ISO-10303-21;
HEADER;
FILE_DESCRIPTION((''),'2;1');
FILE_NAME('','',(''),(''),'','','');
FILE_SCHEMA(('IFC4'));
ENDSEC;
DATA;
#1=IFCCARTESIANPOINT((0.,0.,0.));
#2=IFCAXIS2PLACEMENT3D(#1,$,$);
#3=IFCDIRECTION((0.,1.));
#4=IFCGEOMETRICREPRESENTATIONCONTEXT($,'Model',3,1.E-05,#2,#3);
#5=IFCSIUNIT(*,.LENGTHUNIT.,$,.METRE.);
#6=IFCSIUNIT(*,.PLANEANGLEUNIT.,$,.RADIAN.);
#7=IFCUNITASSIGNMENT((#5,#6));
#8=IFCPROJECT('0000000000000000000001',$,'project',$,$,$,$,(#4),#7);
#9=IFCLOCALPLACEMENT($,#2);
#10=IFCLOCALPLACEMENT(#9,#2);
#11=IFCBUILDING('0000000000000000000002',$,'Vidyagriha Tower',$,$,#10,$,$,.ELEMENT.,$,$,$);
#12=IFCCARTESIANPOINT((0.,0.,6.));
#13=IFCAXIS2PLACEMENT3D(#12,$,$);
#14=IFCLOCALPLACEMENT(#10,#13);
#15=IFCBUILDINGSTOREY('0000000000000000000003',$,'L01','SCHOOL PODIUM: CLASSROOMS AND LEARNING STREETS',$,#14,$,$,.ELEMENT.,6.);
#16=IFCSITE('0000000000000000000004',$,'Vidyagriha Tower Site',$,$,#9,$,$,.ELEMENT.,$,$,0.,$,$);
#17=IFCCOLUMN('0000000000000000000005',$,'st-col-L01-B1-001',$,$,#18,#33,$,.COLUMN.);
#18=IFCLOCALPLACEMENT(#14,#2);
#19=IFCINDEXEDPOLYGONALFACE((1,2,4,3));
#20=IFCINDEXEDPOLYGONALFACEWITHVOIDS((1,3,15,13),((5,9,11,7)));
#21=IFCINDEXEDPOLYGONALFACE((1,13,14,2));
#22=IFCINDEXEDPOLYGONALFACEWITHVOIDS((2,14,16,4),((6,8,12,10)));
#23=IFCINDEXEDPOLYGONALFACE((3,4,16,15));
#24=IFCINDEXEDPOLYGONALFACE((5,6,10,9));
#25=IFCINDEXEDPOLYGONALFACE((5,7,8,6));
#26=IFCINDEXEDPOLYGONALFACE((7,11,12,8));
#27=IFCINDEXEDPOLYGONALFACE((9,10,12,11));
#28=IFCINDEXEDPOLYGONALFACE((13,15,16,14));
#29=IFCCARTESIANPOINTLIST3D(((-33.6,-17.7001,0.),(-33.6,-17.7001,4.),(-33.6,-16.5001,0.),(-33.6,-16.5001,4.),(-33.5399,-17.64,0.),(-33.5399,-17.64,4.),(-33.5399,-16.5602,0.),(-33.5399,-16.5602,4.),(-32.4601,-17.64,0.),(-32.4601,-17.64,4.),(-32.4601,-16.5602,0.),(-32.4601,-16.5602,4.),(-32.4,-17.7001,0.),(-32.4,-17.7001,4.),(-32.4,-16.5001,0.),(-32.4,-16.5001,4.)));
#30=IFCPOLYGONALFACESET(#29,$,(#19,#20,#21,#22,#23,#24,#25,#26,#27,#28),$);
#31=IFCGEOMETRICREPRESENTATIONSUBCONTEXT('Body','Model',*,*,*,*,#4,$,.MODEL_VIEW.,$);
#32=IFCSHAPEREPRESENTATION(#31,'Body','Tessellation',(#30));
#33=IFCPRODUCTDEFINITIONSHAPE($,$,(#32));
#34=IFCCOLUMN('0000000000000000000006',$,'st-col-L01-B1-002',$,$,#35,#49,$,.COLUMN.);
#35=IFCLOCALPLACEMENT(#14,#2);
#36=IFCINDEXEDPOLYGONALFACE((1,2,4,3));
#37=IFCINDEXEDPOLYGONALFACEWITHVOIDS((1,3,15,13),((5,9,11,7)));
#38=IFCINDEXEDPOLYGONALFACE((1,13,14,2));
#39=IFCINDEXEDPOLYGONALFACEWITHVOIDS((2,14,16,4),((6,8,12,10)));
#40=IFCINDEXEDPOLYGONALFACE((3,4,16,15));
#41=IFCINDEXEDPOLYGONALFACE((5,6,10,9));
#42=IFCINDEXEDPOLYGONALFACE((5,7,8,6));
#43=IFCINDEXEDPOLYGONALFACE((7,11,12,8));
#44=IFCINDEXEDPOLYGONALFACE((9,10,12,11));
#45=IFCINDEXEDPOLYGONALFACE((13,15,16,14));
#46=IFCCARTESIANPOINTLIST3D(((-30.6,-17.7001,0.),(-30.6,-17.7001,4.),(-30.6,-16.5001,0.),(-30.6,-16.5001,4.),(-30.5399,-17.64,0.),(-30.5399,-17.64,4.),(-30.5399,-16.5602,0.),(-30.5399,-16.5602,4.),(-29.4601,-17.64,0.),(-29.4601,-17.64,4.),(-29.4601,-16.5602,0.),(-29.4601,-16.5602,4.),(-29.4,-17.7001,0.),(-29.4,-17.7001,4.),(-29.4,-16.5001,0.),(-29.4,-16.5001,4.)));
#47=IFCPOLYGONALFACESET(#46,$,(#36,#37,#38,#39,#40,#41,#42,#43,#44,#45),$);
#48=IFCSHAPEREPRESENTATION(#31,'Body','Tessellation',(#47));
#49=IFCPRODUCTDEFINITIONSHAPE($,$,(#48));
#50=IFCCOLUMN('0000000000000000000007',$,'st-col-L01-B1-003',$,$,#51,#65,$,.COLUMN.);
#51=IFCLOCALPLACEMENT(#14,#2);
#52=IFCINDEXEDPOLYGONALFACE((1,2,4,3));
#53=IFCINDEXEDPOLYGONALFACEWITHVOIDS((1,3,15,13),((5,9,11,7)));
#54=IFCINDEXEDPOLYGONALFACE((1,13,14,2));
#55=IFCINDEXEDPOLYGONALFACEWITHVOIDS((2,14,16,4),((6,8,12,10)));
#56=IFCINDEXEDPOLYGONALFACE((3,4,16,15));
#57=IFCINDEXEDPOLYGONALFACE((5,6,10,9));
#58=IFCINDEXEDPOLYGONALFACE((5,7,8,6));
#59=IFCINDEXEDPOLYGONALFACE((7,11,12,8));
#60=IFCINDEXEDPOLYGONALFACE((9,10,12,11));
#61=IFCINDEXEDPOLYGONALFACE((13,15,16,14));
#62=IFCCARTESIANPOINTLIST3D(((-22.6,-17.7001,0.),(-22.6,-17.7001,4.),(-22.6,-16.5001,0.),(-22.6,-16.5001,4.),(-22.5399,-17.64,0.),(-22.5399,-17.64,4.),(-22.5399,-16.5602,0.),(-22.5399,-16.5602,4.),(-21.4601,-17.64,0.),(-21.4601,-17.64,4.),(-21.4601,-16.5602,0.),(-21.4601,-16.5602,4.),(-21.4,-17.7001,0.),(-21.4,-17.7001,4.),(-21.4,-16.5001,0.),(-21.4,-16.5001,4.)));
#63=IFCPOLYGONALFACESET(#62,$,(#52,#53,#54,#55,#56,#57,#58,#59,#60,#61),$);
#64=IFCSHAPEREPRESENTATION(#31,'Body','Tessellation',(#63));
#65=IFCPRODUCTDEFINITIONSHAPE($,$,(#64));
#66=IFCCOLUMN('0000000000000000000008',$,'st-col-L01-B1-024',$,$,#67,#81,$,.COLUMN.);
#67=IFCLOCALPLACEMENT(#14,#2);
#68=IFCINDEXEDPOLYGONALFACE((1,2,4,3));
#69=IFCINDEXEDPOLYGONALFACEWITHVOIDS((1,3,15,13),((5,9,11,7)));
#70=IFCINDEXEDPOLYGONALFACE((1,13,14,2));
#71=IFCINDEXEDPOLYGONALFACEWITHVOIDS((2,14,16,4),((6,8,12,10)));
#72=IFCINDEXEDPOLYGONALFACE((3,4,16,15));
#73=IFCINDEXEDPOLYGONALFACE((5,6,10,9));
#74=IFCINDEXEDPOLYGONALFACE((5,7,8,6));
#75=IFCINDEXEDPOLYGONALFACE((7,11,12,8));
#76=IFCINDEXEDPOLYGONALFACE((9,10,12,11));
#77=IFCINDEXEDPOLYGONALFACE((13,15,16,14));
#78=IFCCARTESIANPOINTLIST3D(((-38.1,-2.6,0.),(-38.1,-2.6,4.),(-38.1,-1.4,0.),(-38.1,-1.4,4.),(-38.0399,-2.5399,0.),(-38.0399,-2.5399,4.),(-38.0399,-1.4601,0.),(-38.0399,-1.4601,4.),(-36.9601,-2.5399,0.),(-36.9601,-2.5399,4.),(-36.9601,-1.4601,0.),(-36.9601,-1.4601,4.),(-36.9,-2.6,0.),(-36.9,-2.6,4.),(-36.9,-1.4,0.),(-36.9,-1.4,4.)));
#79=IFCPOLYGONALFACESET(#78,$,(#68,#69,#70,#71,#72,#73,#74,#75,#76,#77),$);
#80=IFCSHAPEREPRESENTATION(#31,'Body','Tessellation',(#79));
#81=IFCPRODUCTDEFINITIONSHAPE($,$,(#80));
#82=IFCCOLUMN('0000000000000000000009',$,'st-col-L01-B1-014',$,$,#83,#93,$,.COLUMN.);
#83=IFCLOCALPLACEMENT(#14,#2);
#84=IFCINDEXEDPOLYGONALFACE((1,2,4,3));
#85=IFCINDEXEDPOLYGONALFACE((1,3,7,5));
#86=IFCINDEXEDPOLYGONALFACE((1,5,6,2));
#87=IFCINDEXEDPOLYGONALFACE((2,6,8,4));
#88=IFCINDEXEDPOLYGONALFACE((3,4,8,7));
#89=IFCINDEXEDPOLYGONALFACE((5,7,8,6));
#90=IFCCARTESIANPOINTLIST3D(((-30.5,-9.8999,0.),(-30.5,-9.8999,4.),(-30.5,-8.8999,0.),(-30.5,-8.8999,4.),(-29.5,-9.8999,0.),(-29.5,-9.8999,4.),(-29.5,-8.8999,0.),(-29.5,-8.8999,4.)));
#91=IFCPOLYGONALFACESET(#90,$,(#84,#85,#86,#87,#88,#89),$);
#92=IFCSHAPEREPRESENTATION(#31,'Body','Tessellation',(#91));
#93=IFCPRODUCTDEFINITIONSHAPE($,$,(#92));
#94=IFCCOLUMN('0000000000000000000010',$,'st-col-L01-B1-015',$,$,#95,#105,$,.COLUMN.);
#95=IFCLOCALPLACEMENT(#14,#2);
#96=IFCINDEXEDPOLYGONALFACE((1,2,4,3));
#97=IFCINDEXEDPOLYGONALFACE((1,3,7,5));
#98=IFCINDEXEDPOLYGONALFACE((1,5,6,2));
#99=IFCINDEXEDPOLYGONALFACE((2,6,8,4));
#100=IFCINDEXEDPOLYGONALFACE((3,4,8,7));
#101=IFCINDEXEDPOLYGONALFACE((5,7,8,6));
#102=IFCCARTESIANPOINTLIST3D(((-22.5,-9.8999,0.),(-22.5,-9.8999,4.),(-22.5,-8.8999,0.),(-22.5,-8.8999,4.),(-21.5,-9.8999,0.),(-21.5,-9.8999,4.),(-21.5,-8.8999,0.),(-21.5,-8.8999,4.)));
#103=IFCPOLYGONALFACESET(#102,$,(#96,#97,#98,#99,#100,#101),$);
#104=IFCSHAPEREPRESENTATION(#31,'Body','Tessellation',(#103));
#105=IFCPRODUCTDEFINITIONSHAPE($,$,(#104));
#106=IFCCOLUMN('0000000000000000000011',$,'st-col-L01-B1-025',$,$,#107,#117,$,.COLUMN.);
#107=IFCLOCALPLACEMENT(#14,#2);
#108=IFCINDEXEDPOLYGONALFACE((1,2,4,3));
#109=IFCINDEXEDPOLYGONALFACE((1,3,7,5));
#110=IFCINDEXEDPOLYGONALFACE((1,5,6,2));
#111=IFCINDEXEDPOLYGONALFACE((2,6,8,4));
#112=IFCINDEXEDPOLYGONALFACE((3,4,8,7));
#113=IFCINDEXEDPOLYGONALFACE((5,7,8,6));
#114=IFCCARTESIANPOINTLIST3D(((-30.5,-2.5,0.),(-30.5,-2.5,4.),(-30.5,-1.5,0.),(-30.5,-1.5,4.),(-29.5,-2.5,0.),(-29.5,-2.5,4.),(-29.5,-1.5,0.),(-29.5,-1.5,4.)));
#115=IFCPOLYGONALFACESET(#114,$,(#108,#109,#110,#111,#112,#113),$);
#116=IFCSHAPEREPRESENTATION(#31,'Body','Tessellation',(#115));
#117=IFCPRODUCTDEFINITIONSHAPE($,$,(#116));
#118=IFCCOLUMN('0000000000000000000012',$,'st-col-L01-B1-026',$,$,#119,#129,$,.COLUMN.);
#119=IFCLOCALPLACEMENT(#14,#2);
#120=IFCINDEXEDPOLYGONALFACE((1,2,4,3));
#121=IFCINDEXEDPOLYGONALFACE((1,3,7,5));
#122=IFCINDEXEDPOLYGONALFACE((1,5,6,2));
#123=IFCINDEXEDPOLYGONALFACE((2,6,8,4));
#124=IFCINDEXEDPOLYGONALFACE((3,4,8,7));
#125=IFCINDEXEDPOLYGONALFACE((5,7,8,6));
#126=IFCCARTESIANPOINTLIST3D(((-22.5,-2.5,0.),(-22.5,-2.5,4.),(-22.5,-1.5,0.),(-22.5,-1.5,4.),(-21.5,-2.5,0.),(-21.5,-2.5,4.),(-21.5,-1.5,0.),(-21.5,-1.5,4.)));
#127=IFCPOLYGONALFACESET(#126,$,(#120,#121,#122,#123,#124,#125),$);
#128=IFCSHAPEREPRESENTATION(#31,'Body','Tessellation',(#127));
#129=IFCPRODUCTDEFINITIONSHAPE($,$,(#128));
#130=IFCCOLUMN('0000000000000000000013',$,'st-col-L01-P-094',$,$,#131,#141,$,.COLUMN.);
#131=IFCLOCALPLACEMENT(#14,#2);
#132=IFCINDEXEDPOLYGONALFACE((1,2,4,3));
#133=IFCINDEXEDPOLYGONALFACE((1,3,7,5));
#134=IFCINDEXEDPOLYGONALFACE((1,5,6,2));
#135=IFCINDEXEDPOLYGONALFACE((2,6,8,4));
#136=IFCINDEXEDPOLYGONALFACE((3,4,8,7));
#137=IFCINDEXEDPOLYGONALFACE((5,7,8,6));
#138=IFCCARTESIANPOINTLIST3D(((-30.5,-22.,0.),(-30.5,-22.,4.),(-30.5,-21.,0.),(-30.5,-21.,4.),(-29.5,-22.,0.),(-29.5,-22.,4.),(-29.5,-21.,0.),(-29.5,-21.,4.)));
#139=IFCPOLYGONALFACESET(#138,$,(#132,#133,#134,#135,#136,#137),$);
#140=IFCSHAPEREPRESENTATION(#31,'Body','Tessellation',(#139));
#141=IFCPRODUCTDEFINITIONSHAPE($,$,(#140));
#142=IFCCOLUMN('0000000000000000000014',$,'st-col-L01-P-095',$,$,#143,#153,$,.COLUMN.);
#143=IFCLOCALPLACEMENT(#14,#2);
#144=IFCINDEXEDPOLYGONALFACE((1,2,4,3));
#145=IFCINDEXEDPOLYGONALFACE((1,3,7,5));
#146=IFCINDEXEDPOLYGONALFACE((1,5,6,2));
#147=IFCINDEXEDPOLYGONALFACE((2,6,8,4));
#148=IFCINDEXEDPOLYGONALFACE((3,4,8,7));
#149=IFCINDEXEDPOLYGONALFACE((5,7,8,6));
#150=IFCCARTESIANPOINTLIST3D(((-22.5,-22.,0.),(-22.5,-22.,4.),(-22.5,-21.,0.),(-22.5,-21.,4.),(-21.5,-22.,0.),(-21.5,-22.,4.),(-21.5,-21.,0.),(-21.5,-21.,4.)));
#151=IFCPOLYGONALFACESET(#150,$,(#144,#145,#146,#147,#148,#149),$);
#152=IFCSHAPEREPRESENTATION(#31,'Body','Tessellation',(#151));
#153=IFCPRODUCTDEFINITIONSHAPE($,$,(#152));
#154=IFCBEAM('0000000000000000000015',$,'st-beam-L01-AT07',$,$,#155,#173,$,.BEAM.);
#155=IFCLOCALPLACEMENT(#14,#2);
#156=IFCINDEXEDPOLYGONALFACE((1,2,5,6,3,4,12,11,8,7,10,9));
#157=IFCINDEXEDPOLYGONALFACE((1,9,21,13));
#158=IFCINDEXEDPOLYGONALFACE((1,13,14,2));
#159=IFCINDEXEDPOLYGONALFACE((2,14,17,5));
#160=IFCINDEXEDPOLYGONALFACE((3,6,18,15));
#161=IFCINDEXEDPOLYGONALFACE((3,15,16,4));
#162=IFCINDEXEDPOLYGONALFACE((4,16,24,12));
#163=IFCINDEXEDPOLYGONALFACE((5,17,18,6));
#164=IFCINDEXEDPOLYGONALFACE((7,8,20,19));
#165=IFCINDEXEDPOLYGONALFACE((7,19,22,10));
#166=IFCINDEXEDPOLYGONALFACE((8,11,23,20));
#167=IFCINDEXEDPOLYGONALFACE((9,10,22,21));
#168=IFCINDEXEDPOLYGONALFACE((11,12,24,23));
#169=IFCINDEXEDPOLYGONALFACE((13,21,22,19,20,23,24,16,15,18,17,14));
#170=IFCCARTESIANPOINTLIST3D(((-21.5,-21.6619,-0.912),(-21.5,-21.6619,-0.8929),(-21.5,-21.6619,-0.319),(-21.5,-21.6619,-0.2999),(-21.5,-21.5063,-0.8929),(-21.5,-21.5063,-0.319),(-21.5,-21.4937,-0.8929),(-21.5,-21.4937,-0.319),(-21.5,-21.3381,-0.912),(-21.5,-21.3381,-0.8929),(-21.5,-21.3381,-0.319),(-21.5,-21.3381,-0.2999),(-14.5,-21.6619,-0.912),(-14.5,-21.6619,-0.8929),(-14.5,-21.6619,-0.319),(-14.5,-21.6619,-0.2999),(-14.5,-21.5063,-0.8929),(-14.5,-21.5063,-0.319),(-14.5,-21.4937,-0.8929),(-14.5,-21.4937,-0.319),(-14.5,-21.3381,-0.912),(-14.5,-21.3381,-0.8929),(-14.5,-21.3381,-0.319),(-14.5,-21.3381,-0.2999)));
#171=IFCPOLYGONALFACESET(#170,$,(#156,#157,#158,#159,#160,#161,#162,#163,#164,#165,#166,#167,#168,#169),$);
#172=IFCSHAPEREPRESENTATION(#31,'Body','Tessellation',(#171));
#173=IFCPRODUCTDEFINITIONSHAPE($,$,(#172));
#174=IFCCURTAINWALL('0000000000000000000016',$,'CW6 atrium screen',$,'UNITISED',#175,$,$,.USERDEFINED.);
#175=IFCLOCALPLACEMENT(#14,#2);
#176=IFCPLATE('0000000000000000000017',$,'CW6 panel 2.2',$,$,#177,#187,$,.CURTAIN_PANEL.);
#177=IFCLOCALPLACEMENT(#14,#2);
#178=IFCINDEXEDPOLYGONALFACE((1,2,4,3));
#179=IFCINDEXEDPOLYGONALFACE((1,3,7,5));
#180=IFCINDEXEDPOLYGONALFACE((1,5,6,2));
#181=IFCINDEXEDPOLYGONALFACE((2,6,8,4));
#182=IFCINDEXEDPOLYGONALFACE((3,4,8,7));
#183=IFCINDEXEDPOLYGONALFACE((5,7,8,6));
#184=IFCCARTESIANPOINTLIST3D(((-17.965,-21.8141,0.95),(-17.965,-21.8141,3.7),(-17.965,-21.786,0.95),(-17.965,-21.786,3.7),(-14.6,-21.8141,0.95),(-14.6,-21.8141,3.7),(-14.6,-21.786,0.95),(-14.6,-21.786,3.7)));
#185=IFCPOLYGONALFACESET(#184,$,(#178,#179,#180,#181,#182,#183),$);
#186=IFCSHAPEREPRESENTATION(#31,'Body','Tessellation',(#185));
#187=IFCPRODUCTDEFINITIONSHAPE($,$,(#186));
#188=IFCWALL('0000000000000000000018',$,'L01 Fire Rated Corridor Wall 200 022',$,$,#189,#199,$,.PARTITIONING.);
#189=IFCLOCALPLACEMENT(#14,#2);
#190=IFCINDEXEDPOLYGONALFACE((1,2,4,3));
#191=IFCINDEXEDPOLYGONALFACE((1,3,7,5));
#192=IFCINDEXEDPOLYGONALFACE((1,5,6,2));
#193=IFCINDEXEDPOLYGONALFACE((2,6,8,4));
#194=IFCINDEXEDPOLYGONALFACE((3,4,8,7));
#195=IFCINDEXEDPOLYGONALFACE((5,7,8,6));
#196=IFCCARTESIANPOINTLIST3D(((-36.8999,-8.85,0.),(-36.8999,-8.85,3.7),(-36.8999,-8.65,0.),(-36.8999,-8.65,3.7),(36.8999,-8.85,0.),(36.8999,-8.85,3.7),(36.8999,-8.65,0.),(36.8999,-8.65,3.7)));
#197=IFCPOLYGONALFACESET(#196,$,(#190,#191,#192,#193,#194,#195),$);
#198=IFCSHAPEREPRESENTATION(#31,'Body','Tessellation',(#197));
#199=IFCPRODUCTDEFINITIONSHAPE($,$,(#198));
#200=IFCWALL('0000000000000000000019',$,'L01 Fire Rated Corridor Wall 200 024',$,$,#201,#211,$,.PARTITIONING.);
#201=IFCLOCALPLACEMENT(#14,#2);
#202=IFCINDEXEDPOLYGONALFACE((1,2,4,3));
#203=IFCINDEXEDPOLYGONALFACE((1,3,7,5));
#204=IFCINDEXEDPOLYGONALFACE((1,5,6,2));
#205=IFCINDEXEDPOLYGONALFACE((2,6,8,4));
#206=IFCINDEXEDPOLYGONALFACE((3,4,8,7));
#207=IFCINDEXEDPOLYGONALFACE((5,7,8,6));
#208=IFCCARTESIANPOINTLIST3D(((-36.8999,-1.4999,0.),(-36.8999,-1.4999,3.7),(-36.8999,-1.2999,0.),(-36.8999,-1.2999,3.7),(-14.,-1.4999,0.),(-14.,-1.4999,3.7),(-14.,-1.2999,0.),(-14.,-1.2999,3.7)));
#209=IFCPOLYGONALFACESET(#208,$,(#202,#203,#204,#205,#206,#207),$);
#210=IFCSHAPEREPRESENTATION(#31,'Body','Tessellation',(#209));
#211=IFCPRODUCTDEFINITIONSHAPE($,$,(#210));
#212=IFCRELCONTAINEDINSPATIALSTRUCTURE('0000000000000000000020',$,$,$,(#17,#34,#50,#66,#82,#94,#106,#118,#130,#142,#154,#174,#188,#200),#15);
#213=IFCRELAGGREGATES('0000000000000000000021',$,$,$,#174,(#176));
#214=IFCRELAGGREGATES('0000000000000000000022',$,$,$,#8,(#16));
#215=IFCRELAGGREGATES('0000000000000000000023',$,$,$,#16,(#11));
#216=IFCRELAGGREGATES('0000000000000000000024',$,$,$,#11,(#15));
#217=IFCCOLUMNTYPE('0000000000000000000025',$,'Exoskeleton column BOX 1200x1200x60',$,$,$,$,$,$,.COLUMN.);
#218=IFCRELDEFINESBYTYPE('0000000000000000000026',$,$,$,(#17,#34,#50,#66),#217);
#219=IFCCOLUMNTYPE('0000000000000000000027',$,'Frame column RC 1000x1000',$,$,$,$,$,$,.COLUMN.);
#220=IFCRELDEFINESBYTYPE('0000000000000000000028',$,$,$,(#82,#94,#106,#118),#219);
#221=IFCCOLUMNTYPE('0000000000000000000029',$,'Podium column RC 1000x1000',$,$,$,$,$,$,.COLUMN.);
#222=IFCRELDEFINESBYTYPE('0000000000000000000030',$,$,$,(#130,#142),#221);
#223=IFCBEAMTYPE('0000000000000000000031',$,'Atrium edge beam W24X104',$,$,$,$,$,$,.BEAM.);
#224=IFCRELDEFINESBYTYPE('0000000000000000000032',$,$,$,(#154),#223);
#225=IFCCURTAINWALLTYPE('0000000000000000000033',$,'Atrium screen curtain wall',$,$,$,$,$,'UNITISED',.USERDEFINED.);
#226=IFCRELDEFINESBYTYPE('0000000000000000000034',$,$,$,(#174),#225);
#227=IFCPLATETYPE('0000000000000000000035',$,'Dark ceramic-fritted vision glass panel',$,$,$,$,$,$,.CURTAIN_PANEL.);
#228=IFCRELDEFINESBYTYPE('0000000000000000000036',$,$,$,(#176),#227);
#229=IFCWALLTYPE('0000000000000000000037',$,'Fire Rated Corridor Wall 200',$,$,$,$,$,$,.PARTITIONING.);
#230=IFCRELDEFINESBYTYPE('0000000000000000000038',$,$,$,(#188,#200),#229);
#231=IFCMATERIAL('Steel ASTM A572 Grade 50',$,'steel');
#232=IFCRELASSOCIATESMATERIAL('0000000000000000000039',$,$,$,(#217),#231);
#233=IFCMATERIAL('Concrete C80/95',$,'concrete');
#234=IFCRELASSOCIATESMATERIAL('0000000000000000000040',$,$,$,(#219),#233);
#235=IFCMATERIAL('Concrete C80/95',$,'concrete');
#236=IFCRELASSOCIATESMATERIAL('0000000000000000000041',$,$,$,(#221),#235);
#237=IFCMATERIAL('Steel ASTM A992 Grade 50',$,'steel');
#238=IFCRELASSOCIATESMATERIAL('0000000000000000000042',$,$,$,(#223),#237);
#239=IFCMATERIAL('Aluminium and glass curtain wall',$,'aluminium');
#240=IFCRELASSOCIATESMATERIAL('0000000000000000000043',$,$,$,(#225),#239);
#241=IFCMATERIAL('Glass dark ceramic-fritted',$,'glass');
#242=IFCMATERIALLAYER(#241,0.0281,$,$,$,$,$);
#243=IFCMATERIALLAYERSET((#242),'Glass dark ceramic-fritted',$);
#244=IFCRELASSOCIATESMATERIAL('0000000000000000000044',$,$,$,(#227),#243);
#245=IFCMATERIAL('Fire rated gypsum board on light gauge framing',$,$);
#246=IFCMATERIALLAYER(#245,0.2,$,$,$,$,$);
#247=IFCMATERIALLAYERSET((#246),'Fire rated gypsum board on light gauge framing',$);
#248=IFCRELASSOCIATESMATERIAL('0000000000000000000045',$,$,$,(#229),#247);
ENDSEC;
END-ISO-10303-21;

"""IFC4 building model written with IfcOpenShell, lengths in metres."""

from ifc_helpers import new_model, si_unit, direction, frame, frame_2d, origin, origin_2d, place, context, subcontext, project, spatial, rectangle, hollow_rectangle, i_section, extrude, material, layer, layer_set, material_profile, profile_set, type_object, element, aggregate, save


model = new_model("IFC4")

# Units and contexts
model_context = context("Model", 3, precision=1e-05, world=origin(), true_north=direction((0.0, 1.0)))
body_context = subcontext(model_context, "Body", "Model", "MODEL_VIEW")
ifc_project = project(units=[si_unit("LENGTHUNIT", "METRE"), si_unit("PLANEANGLEUNIT", "RADIAN")], contexts=[model_context])

# Site, building, storey
site_placement = place(None, origin())
site = spatial("IfcSite", under=ifc_project, at=site_placement, Name="Vidyagriha Tower Site", CompositionType="ELEMENT", RefElevation=0.0)
building_placement = place(site_placement, origin())
building = spatial("IfcBuilding", under=site, at=building_placement, Name="Vidyagriha Tower", CompositionType="ELEMENT")
storey_placement = place(building_placement, frame((0.0, 0.0, 6.0)))
storey = spatial("IfcBuildingStorey", under=building, at=storey_placement, Name="L01", Description="SCHOOL PODIUM: CLASSROOMS AND LEARNING STREETS", CompositionType="ELEMENT", Elevation=6.0)

# Columns
ifc_material_1 = material(Name="Steel ASTM A572 Grade 50", Category="steel")
ifc_material_profile_1 = material_profile(ifc_material_1, hollow_rectangle(XDim=1.2, YDim=1.2, WallThickness=0.0601, at=origin_2d()), Name="BOX 1200x1200x60")
ifc_profile_set_1 = profile_set([ifc_material_profile_1], Name="Steel ASTM A572 Grade 50")
column_type_1 = type_object("IfcColumnType", Name="Exoskeleton column BOX 1200x1200x60", PredefinedType="COLUMN", material=ifc_profile_set_1)
for number, where, name in (
    (1, (-33.0, -17.1001, 0.0), "st-col-L01-B1-001"),
    (2, (-30.0, -17.1001, 0.0), "st-col-L01-B1-002"),
    (3, (-22.0, -17.1001, 0.0), "st-col-L01-B1-003"),
    (4, (-37.5, -2.0, 0.0), "st-col-L01-B1-024"),
):
    element("IfcColumn", number, at=place(storey_placement, frame(where)), inside=storey, type_object=column_type_1, Name=name, PredefinedType="COLUMN", context=body_context, shape_type="SweptSolid", body=[
        extrude(hollow_rectangle(XDim=1.2, YDim=1.2, WallThickness=0.0601, at=origin_2d()), origin(), (0.0, 0.0, 1.0), 4.0),
    ])
ifc_material_2 = material(Name="Concrete C80/95", Category="concrete")
ifc_material_profile_2 = material_profile(ifc_material_2, rectangle(XDim=1.0, YDim=1.0, at=origin_2d()), Name="RC 1000x1000")
ifc_profile_set_2 = profile_set([ifc_material_profile_2], Name="Concrete C80/95")
column_type_2 = type_object("IfcColumnType", Name="Frame column RC 1000x1000", PredefinedType="COLUMN", material=ifc_profile_set_2)
for number, where, name in (
    (5, (-30.0, -9.3999, 0.0), "st-col-L01-B1-014"),
    (6, (-22.0, -9.3999, 0.0), "st-col-L01-B1-015"),
    (7, (-30.0, -2.0, 0.0), "st-col-L01-B1-025"),
    (8, (-22.0, -2.0, 0.0), "st-col-L01-B1-026"),
):
    element("IfcColumn", number, at=place(storey_placement, frame(where)), inside=storey, type_object=column_type_2, Name=name, PredefinedType="COLUMN", context=body_context, shape_type="SweptSolid", body=[
        extrude(rectangle(XDim=1.0, YDim=1.0, at=origin_2d()), origin(), (0.0, 0.0, 1.0), 4.0),
    ])
ifc_material_3 = material(Name="Concrete C80/95", Category="concrete")
ifc_material_profile_3 = material_profile(ifc_material_3, rectangle(XDim=1.0, YDim=1.0, at=origin_2d()), Name="RC 1000x1000")
ifc_profile_set_3 = profile_set([ifc_material_profile_3], Name="Concrete C80/95")
column_type_3 = type_object("IfcColumnType", Name="Podium column RC 1000x1000", PredefinedType="COLUMN", material=ifc_profile_set_3)
for number, where, name in (
    (9, (-30.0, -21.5, 0.0), "st-col-L01-P-094"),
    (10, (-22.0, -21.5, 0.0), "st-col-L01-P-095"),
):
    element("IfcColumn", number, at=place(storey_placement, frame(where)), inside=storey, type_object=column_type_3, Name=name, PredefinedType="COLUMN", context=body_context, shape_type="SweptSolid", body=[
        extrude(rectangle(XDim=1.0, YDim=1.0, at=origin_2d()), origin(), (0.0, 0.0, 1.0), 4.0),
    ])

# Beam
ifc_material_4 = material(Name="Steel ASTM A992 Grade 50", Category="steel")
ifc_material_profile_4 = material_profile(ifc_material_4, i_section(OverallWidth=0.3237, OverallDepth=0.6121, WebThickness=0.0127, FlangeThickness=0.019, at=origin_2d()), Name="W24X104")
ifc_profile_set_4 = profile_set([ifc_material_profile_4], Name="Steel ASTM A992 Grade 50")
beam_type = type_object("IfcBeamType", Name="Atrium edge beam W24X104", PredefinedType="BEAM", material=ifc_profile_set_4)
beam_placement = place(storey_placement, frame((-21.5, -21.5, -0.606), z_axis=(1.0, 0.0, 0.0), x_axis=(0.0, 1.0, 0.0)))
element("IfcBeam", 11, at=beam_placement, inside=storey, type_object=beam_type, Name="st-beam-L01-AT07", PredefinedType="BEAM", context=body_context, shape_type="SweptSolid", body=[
    extrude(i_section(OverallWidth=0.3237, OverallDepth=0.6121, WebThickness=0.0127, FlangeThickness=0.019, at=origin_2d()), origin(), (0.0, 0.0, 1.0), 7.0),
])

# Curtain wall, plate
ifc_material_5 = material(Name="Aluminium and glass curtain wall", Category="aluminium")
curtain_wall_type = type_object("IfcCurtainWallType", Name="Atrium screen curtain wall", ElementType="UNITISED", PredefinedType="USERDEFINED", material=ifc_material_5)
curtain_wall_placement = place(storey_placement, origin())
curtain_wall = element("IfcCurtainWall", 12, at=curtain_wall_placement, inside=storey, type_object=curtain_wall_type, Name="CW6 atrium screen", ObjectType="UNITISED", PredefinedType="USERDEFINED")
ifc_material_6 = material(Name="Glass dark ceramic-fritted", Category="glass")
ifc_layer_1 = layer(ifc_material_6, 0.0281)
ifc_layer_set_1 = layer_set([ifc_layer_1], Name="Glass dark ceramic-fritted")
plate_type = type_object("IfcPlateType", Name="Dark ceramic-fritted vision glass panel", PredefinedType="CURTAIN_PANEL", material=ifc_layer_set_1)
plate_placement = place(storey_placement, frame((-16.2825, -21.8, 0.95)))
plate = element("IfcPlate", 13, at=plate_placement, type_object=plate_type, Name="CW6 panel 2.2", PredefinedType="CURTAIN_PANEL", context=body_context, shape_type="SweptSolid", body=[
    extrude(rectangle(XDim=3.365, YDim=0.0281, at=origin_2d()), origin(), (0.0, 0.0, 1.0), 2.75),
])
aggregate(curtain_wall, [plate])

# Walls
ifc_material_7 = material(Name="Fire rated gypsum board on light gauge framing")
ifc_layer_2 = layer(ifc_material_7, 0.2)
ifc_layer_set_2 = layer_set([ifc_layer_2], Name="Fire rated gypsum board on light gauge framing")
wall_type_1 = type_object("IfcWallType", Name="Fire Rated Corridor Wall 200", PredefinedType="PARTITIONING", material=ifc_layer_set_2)
wall_1_placement = place(storey_placement, frame((-36.8999, -8.75, 0.0)))
element("IfcWall", 14, at=wall_1_placement, inside=storey, type_object=wall_type_1, Name="L01 Fire Rated Corridor Wall 200 022", PredefinedType="PARTITIONING", context=body_context, shape_type="SweptSolid", body=[
    extrude(rectangle(XDim=73.7998, YDim=0.2, at=frame_2d((36.8999, 0.0))), origin(), (0.0, 0.0, 1.0), 3.7),
])
wall_2_placement = place(storey_placement, frame((-36.8999, -1.3999, 0.0)))
element("IfcWall", 15, at=wall_2_placement, inside=storey, type_object=wall_type_1, Name="L01 Fire Rated Corridor Wall 200 024", PredefinedType="PARTITIONING", context=body_context, shape_type="SweptSolid", body=[
    extrude(rectangle(XDim=22.8999, YDim=0.2, at=frame_2d((11.45, 0.0))), origin(), (0.0, 0.0, 1.0), 3.7),
])

save(model, "model.ifc")
